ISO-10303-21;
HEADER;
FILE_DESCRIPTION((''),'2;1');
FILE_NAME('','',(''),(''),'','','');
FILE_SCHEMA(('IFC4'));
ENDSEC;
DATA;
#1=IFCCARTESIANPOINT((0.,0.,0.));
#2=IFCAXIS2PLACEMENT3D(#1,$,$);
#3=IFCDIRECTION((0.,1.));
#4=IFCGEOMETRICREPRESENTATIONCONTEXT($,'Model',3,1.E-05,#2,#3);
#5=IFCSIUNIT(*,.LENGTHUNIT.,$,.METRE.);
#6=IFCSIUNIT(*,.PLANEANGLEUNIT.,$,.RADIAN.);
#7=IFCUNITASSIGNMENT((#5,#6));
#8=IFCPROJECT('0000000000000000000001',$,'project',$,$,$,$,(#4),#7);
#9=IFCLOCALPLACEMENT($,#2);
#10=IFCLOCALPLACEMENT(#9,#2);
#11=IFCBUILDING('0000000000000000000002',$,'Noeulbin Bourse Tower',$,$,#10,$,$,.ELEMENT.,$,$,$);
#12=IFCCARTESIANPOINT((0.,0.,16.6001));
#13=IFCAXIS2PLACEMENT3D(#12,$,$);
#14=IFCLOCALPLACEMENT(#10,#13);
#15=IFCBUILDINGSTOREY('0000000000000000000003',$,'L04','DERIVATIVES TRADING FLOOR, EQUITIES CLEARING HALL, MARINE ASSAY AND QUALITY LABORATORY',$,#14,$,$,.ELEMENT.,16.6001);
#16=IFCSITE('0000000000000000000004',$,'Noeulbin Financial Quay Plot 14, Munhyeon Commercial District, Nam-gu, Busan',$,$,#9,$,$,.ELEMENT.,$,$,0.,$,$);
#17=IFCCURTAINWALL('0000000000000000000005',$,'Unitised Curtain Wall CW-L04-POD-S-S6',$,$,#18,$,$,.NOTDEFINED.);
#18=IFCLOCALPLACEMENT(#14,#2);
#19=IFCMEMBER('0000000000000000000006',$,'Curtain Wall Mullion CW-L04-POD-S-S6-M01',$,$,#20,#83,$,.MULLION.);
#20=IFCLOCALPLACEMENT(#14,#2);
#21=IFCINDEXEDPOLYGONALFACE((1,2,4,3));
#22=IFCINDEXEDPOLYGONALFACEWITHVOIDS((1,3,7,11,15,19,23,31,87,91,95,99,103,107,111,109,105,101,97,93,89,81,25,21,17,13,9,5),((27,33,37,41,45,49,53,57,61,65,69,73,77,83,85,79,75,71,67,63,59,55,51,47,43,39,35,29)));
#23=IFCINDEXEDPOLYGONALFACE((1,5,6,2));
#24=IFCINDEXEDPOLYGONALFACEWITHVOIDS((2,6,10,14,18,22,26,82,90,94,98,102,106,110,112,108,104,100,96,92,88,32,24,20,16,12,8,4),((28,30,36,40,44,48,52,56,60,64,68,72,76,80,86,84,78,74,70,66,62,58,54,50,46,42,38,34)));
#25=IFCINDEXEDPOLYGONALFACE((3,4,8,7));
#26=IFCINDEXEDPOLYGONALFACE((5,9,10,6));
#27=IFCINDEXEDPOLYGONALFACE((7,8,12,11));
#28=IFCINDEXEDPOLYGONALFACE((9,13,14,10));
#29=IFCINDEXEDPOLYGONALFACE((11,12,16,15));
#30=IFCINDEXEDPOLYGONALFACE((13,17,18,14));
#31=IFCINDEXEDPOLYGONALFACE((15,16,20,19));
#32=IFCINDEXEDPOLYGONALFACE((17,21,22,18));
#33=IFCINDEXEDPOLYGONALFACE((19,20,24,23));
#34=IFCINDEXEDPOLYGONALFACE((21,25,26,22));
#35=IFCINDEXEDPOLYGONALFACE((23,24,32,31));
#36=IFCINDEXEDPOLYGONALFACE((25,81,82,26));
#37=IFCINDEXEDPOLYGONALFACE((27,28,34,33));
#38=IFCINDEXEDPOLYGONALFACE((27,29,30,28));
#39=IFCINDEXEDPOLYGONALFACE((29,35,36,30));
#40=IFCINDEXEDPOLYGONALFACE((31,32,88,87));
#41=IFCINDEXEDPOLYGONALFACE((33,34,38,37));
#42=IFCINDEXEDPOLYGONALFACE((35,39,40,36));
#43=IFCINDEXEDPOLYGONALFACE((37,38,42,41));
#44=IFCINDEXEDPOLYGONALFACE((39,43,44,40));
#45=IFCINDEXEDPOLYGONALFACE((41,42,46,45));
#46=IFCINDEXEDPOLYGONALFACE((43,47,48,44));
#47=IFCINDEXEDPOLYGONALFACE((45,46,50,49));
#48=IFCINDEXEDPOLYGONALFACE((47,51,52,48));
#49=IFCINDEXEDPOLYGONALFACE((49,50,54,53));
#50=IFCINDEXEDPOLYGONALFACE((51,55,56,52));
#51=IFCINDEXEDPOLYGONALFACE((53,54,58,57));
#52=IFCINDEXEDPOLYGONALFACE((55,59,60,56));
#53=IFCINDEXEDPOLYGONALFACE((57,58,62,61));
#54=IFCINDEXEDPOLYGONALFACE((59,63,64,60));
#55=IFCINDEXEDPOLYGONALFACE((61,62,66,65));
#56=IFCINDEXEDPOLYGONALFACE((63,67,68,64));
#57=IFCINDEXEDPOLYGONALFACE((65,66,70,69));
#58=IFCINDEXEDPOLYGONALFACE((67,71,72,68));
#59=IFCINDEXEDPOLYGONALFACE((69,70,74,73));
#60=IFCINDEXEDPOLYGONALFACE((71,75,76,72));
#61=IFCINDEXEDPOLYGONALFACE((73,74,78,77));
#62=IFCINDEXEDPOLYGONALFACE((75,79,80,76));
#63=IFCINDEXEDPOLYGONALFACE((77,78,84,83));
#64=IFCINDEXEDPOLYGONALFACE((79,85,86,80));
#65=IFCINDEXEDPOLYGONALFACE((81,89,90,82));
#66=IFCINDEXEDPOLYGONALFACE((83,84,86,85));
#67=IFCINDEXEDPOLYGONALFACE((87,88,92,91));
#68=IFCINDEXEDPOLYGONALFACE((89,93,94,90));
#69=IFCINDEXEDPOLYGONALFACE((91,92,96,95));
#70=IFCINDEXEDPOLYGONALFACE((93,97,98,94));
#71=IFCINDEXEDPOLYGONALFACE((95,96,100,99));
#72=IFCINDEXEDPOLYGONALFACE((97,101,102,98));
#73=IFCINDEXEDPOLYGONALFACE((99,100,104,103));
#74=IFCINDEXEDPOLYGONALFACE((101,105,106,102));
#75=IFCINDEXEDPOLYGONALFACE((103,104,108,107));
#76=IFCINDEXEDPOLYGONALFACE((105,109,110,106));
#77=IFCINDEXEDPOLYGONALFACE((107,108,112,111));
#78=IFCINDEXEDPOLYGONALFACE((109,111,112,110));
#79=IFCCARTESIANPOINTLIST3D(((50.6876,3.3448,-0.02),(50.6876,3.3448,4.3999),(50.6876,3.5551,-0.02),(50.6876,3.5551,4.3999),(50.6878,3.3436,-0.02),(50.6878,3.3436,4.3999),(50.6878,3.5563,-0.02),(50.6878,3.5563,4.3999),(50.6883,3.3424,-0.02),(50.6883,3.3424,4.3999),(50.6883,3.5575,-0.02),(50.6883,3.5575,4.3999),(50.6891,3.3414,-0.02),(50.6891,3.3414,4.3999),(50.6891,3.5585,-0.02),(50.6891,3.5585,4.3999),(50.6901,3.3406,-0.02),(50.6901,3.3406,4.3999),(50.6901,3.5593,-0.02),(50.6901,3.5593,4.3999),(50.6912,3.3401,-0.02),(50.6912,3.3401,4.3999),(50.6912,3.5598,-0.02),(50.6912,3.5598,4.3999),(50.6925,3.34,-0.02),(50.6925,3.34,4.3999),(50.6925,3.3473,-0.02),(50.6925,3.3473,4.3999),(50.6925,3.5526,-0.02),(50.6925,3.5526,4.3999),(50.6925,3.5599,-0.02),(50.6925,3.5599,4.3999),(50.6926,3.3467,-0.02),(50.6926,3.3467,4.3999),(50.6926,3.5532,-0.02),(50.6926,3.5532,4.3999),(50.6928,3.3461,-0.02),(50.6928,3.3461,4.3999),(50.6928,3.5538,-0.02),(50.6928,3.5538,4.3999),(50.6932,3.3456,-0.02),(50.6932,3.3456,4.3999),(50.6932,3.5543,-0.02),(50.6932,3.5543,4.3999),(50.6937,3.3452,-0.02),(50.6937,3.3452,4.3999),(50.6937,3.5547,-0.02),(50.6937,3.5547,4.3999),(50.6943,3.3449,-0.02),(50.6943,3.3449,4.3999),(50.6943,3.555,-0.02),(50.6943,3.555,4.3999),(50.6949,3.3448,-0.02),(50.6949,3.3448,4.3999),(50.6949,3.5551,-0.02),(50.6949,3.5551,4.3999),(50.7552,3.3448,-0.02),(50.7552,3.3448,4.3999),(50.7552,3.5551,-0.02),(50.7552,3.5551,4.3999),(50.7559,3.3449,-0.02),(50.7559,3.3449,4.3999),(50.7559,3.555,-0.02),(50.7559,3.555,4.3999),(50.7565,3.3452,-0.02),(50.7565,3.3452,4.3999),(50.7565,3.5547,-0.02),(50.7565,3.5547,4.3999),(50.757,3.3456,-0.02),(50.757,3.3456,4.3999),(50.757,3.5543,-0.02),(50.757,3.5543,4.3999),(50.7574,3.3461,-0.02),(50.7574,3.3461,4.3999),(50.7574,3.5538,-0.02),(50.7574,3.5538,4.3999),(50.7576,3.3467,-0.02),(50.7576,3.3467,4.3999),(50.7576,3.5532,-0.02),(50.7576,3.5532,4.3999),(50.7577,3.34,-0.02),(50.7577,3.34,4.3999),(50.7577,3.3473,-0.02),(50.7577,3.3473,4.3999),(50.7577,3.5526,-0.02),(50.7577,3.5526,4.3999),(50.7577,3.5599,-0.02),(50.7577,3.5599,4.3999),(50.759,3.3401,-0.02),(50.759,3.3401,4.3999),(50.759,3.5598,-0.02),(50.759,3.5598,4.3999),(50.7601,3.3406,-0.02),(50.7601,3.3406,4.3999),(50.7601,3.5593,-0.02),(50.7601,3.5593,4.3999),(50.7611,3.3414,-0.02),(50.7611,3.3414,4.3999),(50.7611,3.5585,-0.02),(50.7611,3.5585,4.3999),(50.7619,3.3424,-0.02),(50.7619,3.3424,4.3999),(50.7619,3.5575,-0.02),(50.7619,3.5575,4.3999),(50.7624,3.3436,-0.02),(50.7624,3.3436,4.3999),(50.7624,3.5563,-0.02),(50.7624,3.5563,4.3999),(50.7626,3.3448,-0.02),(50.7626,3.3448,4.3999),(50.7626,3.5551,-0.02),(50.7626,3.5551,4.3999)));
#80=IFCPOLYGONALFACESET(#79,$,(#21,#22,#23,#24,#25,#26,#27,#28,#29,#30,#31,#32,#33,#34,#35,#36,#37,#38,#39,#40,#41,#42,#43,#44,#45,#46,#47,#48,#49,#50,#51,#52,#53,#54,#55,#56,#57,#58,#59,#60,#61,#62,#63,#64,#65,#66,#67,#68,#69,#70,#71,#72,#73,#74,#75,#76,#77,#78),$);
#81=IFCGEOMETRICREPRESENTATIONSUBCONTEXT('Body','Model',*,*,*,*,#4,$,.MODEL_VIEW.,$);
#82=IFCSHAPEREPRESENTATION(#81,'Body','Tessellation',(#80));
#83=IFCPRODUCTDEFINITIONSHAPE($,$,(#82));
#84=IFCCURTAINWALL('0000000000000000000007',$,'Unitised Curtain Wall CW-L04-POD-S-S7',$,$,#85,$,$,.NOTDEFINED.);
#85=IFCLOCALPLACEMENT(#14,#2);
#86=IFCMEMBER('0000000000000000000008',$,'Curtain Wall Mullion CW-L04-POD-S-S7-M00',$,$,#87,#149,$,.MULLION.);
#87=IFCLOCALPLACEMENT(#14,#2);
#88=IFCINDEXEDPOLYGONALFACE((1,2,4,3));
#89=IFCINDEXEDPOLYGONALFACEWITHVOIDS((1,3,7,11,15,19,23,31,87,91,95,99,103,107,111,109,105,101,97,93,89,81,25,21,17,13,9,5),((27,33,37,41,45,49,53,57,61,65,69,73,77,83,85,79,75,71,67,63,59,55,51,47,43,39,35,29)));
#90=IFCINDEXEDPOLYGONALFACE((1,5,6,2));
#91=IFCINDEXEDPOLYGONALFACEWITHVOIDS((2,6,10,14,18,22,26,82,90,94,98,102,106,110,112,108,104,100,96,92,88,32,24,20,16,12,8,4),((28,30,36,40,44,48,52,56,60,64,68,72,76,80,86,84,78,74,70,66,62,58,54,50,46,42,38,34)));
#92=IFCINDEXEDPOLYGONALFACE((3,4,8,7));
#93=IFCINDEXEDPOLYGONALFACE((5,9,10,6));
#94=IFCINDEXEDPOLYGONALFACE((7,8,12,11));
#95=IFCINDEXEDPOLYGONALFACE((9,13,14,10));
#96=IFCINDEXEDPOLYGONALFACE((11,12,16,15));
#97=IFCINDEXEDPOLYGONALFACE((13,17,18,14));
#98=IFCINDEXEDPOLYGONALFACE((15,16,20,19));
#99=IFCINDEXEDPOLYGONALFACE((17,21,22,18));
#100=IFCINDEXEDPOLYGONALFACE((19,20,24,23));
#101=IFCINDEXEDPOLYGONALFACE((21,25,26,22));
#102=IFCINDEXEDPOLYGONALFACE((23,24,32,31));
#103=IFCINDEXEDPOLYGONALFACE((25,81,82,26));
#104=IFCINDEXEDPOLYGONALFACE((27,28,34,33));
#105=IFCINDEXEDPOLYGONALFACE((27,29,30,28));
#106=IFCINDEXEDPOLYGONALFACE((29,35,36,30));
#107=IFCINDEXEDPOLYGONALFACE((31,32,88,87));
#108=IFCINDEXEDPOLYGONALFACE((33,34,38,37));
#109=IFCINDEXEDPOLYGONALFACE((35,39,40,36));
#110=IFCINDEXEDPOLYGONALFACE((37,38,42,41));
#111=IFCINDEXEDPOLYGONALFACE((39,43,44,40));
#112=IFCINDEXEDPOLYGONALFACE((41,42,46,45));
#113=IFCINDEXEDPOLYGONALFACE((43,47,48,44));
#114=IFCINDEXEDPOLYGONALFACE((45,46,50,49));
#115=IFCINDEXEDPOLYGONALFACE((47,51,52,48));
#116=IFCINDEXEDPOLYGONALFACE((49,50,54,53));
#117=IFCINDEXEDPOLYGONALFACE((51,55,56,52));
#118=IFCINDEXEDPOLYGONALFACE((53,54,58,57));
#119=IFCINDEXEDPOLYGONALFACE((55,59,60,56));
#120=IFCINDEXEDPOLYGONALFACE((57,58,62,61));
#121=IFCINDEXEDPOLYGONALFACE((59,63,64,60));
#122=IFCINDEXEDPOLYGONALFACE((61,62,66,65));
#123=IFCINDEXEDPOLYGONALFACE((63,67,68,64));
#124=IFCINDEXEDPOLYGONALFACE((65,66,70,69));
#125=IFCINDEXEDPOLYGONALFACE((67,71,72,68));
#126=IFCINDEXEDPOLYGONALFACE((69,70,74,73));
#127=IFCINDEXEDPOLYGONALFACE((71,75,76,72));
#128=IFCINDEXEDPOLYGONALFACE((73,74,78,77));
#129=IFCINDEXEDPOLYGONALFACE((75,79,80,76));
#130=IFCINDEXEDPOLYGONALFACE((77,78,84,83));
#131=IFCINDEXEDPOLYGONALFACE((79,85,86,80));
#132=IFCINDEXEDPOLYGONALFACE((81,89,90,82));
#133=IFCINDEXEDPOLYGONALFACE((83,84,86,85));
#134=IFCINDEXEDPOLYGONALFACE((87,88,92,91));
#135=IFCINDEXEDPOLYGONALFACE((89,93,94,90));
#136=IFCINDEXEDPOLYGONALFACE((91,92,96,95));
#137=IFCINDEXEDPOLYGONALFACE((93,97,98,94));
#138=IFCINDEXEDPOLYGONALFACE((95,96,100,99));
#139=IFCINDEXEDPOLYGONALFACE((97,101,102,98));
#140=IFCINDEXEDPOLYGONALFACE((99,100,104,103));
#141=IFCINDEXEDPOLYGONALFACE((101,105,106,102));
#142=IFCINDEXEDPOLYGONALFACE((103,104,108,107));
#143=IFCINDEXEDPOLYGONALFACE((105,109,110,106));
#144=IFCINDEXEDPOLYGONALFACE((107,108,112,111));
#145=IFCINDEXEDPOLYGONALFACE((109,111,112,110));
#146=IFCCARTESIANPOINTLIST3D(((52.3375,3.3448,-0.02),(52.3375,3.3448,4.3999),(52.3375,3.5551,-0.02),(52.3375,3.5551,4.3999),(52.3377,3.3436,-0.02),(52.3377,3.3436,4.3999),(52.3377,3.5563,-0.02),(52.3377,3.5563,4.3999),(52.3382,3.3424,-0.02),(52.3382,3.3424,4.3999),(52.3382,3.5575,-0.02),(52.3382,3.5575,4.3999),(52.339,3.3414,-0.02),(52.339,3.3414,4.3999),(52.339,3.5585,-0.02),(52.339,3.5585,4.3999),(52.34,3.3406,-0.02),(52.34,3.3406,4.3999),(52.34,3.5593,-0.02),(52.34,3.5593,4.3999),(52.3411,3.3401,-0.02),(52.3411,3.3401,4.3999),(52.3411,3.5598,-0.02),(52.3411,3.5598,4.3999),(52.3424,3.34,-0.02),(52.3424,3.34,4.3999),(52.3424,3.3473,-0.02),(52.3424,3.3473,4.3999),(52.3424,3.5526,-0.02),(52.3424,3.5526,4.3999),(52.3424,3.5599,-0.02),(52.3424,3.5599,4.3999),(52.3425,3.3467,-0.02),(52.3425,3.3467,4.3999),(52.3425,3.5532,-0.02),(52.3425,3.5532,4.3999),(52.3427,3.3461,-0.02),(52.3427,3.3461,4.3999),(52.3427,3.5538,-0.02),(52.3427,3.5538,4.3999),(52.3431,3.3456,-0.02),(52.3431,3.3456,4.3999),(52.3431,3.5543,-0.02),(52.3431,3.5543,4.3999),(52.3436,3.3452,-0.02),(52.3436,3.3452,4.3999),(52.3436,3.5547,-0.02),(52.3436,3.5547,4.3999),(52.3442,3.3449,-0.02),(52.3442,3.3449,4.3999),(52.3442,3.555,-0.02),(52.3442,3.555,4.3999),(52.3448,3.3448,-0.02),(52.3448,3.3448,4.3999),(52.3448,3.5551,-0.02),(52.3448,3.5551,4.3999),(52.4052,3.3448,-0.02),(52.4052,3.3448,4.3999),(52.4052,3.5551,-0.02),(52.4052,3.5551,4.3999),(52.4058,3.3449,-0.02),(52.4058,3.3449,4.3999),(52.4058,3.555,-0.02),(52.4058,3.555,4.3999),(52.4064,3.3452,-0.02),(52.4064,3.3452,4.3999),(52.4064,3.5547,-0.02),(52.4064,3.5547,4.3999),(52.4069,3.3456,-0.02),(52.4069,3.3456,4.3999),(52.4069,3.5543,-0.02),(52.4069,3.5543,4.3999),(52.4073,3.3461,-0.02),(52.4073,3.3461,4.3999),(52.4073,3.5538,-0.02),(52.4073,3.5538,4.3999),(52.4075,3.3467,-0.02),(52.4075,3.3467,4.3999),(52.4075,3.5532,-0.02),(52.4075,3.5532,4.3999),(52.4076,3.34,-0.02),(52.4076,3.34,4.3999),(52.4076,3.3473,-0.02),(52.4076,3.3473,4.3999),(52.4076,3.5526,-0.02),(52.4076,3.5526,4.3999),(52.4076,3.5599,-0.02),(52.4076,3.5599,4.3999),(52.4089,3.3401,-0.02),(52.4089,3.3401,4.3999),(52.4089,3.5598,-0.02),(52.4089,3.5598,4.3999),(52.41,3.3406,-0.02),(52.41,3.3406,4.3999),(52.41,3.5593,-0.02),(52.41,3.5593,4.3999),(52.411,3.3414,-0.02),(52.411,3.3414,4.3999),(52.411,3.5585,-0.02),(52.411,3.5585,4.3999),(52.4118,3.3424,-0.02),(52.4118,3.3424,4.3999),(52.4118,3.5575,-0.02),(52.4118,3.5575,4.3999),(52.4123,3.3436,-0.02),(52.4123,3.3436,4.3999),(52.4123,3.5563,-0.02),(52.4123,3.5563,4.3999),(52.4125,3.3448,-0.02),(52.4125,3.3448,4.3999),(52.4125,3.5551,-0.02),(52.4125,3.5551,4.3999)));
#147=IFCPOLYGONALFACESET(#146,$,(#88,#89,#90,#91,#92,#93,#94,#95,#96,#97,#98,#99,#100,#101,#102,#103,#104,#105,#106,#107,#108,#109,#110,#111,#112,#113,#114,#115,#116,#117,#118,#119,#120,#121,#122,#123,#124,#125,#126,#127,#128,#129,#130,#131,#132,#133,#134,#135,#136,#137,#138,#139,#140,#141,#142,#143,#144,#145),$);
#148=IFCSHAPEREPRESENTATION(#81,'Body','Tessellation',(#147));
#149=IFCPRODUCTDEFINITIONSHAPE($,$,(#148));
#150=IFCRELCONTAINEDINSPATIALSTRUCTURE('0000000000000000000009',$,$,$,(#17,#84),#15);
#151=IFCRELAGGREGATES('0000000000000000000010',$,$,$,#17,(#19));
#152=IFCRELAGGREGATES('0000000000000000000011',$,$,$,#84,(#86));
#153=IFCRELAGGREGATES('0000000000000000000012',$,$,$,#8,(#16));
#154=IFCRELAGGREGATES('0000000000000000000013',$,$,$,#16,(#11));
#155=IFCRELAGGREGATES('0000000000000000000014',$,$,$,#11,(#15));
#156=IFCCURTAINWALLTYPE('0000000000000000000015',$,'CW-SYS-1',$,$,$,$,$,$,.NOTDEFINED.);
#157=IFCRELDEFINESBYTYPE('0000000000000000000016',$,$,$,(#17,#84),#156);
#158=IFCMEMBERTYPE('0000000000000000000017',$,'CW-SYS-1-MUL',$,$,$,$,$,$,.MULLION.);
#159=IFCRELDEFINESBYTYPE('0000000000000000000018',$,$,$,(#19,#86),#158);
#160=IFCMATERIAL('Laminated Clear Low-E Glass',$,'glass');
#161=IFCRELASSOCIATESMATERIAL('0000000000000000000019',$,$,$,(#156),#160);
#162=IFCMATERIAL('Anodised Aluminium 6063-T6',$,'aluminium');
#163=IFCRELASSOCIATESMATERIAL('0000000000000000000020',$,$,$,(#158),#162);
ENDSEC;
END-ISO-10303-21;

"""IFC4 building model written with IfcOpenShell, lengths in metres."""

from ifc_helpers import new_model, si_unit, direction, frame, origin, origin_2d, place, context, subcontext, project, spatial, hollow_rectangle, extrude, material, material_profile, profile_set, type_object, element, aggregate, save


model = new_model("IFC4")

# Units and contexts
model_context = context("Model", 3, precision=1e-05, world=origin(), true_north=direction((0.0, 1.0)))
body_context = subcontext(model_context, "Body", "Model", "MODEL_VIEW")
ifc_project = project(units=[si_unit("LENGTHUNIT", "METRE"), si_unit("PLANEANGLEUNIT", "RADIAN")], contexts=[model_context])

# Site, building, storey
site_placement = place(None, origin())
site = spatial("IfcSite", under=ifc_project, at=site_placement, Name="Noeulbin Financial Quay Plot 14, Munhyeon Commercial District, Nam-gu, Busan", CompositionType="ELEMENT", RefElevation=0.0)
building_placement = place(site_placement, origin())
building = spatial("IfcBuilding", under=site, at=building_placement, Name="Noeulbin Bourse Tower", CompositionType="ELEMENT")
storey_placement = place(building_placement, frame((0.0, 0.0, 16.6001)))
storey = spatial("IfcBuildingStorey", under=building, at=storey_placement, Name="L04", Description="DERIVATIVES TRADING FLOOR, EQUITIES CLEARING HALL, MARINE ASSAY AND QUALITY LABORATORY", CompositionType="ELEMENT", Elevation=16.6001)

# Shared definitions
ifc_material_1 = material(Name="Laminated Clear Low-E Glass", Category="glass")
curtain_wall_type = type_object("IfcCurtainWallType", Name="CW-SYS-1", PredefinedType="NOTDEFINED", material=ifc_material_1)
ifc_material_2 = material(Name="Anodised Aluminium 6063-T6", Category="aluminium")
ifc_material_profile_1 = material_profile(ifc_material_2, hollow_rectangle(XDim=0.075, YDim=0.22, WallThickness=0.0049, InnerFilletRadius=0.0024, OuterFilletRadius=0.0049, at=origin_2d()), Name="ALU-MULL-75x220x5", Category="LoadBearing")
ifc_profile_set_1 = profile_set([ifc_material_profile_1], Name="Anodised Aluminium 6063-T6")
member_type_1 = type_object("IfcMemberType", Name="CW-SYS-1-MUL", PredefinedType="MULLION", material=ifc_profile_set_1)

# Curtain walls, members
curtain_wall_1_placement = place(storey_placement, origin())
curtain_wall_1 = element("IfcCurtainWall", 1, at=curtain_wall_1_placement, inside=storey, type_object=curtain_wall_type, Name="Unitised Curtain Wall CW-L04-POD-S-S6", PredefinedType="NOTDEFINED")
member_1_placement = place(storey_placement, frame((50.7251, 3.45, -0.02), z_axis=(0.0, 0.0, 1.0), x_axis=(1.0, 0.0, 0.0)))
member_1 = element("IfcMember", 2, at=member_1_placement, type_object=member_type_1, Name="Curtain Wall Mullion CW-L04-POD-S-S6-M01", PredefinedType="MULLION", context=body_context, shape_type="SweptSolid", body=[
    extrude(hollow_rectangle(XDim=0.075, YDim=0.22, WallThickness=0.0049, InnerFilletRadius=0.0024, OuterFilletRadius=0.0049, at=origin_2d()), origin(), (0.0, 0.0, 1.0), 4.4199),
])
curtain_wall_2_placement = place(storey_placement, origin())
curtain_wall_2 = element("IfcCurtainWall", 3, at=curtain_wall_2_placement, inside=storey, type_object=curtain_wall_type, Name="Unitised Curtain Wall CW-L04-POD-S-S7", PredefinedType="NOTDEFINED")
member_2_placement = place(storey_placement, frame((52.375, 3.45, -0.02), z_axis=(0.0, 0.0, 1.0), x_axis=(1.0, 0.0, 0.0)))
member_2 = element("IfcMember", 4, at=member_2_placement, type_object=member_type_1, Name="Curtain Wall Mullion CW-L04-POD-S-S7-M00", PredefinedType="MULLION", context=body_context, shape_type="SweptSolid", body=[
    extrude(hollow_rectangle(XDim=0.075, YDim=0.22, WallThickness=0.0049, InnerFilletRadius=0.0024, OuterFilletRadius=0.0049, at=origin_2d()), origin(), (0.0, 0.0, 1.0), 4.4199),
])

aggregate(curtain_wall_1, [member_1])
aggregate(curtain_wall_2, [member_2])

save(model, "model.ifc")
